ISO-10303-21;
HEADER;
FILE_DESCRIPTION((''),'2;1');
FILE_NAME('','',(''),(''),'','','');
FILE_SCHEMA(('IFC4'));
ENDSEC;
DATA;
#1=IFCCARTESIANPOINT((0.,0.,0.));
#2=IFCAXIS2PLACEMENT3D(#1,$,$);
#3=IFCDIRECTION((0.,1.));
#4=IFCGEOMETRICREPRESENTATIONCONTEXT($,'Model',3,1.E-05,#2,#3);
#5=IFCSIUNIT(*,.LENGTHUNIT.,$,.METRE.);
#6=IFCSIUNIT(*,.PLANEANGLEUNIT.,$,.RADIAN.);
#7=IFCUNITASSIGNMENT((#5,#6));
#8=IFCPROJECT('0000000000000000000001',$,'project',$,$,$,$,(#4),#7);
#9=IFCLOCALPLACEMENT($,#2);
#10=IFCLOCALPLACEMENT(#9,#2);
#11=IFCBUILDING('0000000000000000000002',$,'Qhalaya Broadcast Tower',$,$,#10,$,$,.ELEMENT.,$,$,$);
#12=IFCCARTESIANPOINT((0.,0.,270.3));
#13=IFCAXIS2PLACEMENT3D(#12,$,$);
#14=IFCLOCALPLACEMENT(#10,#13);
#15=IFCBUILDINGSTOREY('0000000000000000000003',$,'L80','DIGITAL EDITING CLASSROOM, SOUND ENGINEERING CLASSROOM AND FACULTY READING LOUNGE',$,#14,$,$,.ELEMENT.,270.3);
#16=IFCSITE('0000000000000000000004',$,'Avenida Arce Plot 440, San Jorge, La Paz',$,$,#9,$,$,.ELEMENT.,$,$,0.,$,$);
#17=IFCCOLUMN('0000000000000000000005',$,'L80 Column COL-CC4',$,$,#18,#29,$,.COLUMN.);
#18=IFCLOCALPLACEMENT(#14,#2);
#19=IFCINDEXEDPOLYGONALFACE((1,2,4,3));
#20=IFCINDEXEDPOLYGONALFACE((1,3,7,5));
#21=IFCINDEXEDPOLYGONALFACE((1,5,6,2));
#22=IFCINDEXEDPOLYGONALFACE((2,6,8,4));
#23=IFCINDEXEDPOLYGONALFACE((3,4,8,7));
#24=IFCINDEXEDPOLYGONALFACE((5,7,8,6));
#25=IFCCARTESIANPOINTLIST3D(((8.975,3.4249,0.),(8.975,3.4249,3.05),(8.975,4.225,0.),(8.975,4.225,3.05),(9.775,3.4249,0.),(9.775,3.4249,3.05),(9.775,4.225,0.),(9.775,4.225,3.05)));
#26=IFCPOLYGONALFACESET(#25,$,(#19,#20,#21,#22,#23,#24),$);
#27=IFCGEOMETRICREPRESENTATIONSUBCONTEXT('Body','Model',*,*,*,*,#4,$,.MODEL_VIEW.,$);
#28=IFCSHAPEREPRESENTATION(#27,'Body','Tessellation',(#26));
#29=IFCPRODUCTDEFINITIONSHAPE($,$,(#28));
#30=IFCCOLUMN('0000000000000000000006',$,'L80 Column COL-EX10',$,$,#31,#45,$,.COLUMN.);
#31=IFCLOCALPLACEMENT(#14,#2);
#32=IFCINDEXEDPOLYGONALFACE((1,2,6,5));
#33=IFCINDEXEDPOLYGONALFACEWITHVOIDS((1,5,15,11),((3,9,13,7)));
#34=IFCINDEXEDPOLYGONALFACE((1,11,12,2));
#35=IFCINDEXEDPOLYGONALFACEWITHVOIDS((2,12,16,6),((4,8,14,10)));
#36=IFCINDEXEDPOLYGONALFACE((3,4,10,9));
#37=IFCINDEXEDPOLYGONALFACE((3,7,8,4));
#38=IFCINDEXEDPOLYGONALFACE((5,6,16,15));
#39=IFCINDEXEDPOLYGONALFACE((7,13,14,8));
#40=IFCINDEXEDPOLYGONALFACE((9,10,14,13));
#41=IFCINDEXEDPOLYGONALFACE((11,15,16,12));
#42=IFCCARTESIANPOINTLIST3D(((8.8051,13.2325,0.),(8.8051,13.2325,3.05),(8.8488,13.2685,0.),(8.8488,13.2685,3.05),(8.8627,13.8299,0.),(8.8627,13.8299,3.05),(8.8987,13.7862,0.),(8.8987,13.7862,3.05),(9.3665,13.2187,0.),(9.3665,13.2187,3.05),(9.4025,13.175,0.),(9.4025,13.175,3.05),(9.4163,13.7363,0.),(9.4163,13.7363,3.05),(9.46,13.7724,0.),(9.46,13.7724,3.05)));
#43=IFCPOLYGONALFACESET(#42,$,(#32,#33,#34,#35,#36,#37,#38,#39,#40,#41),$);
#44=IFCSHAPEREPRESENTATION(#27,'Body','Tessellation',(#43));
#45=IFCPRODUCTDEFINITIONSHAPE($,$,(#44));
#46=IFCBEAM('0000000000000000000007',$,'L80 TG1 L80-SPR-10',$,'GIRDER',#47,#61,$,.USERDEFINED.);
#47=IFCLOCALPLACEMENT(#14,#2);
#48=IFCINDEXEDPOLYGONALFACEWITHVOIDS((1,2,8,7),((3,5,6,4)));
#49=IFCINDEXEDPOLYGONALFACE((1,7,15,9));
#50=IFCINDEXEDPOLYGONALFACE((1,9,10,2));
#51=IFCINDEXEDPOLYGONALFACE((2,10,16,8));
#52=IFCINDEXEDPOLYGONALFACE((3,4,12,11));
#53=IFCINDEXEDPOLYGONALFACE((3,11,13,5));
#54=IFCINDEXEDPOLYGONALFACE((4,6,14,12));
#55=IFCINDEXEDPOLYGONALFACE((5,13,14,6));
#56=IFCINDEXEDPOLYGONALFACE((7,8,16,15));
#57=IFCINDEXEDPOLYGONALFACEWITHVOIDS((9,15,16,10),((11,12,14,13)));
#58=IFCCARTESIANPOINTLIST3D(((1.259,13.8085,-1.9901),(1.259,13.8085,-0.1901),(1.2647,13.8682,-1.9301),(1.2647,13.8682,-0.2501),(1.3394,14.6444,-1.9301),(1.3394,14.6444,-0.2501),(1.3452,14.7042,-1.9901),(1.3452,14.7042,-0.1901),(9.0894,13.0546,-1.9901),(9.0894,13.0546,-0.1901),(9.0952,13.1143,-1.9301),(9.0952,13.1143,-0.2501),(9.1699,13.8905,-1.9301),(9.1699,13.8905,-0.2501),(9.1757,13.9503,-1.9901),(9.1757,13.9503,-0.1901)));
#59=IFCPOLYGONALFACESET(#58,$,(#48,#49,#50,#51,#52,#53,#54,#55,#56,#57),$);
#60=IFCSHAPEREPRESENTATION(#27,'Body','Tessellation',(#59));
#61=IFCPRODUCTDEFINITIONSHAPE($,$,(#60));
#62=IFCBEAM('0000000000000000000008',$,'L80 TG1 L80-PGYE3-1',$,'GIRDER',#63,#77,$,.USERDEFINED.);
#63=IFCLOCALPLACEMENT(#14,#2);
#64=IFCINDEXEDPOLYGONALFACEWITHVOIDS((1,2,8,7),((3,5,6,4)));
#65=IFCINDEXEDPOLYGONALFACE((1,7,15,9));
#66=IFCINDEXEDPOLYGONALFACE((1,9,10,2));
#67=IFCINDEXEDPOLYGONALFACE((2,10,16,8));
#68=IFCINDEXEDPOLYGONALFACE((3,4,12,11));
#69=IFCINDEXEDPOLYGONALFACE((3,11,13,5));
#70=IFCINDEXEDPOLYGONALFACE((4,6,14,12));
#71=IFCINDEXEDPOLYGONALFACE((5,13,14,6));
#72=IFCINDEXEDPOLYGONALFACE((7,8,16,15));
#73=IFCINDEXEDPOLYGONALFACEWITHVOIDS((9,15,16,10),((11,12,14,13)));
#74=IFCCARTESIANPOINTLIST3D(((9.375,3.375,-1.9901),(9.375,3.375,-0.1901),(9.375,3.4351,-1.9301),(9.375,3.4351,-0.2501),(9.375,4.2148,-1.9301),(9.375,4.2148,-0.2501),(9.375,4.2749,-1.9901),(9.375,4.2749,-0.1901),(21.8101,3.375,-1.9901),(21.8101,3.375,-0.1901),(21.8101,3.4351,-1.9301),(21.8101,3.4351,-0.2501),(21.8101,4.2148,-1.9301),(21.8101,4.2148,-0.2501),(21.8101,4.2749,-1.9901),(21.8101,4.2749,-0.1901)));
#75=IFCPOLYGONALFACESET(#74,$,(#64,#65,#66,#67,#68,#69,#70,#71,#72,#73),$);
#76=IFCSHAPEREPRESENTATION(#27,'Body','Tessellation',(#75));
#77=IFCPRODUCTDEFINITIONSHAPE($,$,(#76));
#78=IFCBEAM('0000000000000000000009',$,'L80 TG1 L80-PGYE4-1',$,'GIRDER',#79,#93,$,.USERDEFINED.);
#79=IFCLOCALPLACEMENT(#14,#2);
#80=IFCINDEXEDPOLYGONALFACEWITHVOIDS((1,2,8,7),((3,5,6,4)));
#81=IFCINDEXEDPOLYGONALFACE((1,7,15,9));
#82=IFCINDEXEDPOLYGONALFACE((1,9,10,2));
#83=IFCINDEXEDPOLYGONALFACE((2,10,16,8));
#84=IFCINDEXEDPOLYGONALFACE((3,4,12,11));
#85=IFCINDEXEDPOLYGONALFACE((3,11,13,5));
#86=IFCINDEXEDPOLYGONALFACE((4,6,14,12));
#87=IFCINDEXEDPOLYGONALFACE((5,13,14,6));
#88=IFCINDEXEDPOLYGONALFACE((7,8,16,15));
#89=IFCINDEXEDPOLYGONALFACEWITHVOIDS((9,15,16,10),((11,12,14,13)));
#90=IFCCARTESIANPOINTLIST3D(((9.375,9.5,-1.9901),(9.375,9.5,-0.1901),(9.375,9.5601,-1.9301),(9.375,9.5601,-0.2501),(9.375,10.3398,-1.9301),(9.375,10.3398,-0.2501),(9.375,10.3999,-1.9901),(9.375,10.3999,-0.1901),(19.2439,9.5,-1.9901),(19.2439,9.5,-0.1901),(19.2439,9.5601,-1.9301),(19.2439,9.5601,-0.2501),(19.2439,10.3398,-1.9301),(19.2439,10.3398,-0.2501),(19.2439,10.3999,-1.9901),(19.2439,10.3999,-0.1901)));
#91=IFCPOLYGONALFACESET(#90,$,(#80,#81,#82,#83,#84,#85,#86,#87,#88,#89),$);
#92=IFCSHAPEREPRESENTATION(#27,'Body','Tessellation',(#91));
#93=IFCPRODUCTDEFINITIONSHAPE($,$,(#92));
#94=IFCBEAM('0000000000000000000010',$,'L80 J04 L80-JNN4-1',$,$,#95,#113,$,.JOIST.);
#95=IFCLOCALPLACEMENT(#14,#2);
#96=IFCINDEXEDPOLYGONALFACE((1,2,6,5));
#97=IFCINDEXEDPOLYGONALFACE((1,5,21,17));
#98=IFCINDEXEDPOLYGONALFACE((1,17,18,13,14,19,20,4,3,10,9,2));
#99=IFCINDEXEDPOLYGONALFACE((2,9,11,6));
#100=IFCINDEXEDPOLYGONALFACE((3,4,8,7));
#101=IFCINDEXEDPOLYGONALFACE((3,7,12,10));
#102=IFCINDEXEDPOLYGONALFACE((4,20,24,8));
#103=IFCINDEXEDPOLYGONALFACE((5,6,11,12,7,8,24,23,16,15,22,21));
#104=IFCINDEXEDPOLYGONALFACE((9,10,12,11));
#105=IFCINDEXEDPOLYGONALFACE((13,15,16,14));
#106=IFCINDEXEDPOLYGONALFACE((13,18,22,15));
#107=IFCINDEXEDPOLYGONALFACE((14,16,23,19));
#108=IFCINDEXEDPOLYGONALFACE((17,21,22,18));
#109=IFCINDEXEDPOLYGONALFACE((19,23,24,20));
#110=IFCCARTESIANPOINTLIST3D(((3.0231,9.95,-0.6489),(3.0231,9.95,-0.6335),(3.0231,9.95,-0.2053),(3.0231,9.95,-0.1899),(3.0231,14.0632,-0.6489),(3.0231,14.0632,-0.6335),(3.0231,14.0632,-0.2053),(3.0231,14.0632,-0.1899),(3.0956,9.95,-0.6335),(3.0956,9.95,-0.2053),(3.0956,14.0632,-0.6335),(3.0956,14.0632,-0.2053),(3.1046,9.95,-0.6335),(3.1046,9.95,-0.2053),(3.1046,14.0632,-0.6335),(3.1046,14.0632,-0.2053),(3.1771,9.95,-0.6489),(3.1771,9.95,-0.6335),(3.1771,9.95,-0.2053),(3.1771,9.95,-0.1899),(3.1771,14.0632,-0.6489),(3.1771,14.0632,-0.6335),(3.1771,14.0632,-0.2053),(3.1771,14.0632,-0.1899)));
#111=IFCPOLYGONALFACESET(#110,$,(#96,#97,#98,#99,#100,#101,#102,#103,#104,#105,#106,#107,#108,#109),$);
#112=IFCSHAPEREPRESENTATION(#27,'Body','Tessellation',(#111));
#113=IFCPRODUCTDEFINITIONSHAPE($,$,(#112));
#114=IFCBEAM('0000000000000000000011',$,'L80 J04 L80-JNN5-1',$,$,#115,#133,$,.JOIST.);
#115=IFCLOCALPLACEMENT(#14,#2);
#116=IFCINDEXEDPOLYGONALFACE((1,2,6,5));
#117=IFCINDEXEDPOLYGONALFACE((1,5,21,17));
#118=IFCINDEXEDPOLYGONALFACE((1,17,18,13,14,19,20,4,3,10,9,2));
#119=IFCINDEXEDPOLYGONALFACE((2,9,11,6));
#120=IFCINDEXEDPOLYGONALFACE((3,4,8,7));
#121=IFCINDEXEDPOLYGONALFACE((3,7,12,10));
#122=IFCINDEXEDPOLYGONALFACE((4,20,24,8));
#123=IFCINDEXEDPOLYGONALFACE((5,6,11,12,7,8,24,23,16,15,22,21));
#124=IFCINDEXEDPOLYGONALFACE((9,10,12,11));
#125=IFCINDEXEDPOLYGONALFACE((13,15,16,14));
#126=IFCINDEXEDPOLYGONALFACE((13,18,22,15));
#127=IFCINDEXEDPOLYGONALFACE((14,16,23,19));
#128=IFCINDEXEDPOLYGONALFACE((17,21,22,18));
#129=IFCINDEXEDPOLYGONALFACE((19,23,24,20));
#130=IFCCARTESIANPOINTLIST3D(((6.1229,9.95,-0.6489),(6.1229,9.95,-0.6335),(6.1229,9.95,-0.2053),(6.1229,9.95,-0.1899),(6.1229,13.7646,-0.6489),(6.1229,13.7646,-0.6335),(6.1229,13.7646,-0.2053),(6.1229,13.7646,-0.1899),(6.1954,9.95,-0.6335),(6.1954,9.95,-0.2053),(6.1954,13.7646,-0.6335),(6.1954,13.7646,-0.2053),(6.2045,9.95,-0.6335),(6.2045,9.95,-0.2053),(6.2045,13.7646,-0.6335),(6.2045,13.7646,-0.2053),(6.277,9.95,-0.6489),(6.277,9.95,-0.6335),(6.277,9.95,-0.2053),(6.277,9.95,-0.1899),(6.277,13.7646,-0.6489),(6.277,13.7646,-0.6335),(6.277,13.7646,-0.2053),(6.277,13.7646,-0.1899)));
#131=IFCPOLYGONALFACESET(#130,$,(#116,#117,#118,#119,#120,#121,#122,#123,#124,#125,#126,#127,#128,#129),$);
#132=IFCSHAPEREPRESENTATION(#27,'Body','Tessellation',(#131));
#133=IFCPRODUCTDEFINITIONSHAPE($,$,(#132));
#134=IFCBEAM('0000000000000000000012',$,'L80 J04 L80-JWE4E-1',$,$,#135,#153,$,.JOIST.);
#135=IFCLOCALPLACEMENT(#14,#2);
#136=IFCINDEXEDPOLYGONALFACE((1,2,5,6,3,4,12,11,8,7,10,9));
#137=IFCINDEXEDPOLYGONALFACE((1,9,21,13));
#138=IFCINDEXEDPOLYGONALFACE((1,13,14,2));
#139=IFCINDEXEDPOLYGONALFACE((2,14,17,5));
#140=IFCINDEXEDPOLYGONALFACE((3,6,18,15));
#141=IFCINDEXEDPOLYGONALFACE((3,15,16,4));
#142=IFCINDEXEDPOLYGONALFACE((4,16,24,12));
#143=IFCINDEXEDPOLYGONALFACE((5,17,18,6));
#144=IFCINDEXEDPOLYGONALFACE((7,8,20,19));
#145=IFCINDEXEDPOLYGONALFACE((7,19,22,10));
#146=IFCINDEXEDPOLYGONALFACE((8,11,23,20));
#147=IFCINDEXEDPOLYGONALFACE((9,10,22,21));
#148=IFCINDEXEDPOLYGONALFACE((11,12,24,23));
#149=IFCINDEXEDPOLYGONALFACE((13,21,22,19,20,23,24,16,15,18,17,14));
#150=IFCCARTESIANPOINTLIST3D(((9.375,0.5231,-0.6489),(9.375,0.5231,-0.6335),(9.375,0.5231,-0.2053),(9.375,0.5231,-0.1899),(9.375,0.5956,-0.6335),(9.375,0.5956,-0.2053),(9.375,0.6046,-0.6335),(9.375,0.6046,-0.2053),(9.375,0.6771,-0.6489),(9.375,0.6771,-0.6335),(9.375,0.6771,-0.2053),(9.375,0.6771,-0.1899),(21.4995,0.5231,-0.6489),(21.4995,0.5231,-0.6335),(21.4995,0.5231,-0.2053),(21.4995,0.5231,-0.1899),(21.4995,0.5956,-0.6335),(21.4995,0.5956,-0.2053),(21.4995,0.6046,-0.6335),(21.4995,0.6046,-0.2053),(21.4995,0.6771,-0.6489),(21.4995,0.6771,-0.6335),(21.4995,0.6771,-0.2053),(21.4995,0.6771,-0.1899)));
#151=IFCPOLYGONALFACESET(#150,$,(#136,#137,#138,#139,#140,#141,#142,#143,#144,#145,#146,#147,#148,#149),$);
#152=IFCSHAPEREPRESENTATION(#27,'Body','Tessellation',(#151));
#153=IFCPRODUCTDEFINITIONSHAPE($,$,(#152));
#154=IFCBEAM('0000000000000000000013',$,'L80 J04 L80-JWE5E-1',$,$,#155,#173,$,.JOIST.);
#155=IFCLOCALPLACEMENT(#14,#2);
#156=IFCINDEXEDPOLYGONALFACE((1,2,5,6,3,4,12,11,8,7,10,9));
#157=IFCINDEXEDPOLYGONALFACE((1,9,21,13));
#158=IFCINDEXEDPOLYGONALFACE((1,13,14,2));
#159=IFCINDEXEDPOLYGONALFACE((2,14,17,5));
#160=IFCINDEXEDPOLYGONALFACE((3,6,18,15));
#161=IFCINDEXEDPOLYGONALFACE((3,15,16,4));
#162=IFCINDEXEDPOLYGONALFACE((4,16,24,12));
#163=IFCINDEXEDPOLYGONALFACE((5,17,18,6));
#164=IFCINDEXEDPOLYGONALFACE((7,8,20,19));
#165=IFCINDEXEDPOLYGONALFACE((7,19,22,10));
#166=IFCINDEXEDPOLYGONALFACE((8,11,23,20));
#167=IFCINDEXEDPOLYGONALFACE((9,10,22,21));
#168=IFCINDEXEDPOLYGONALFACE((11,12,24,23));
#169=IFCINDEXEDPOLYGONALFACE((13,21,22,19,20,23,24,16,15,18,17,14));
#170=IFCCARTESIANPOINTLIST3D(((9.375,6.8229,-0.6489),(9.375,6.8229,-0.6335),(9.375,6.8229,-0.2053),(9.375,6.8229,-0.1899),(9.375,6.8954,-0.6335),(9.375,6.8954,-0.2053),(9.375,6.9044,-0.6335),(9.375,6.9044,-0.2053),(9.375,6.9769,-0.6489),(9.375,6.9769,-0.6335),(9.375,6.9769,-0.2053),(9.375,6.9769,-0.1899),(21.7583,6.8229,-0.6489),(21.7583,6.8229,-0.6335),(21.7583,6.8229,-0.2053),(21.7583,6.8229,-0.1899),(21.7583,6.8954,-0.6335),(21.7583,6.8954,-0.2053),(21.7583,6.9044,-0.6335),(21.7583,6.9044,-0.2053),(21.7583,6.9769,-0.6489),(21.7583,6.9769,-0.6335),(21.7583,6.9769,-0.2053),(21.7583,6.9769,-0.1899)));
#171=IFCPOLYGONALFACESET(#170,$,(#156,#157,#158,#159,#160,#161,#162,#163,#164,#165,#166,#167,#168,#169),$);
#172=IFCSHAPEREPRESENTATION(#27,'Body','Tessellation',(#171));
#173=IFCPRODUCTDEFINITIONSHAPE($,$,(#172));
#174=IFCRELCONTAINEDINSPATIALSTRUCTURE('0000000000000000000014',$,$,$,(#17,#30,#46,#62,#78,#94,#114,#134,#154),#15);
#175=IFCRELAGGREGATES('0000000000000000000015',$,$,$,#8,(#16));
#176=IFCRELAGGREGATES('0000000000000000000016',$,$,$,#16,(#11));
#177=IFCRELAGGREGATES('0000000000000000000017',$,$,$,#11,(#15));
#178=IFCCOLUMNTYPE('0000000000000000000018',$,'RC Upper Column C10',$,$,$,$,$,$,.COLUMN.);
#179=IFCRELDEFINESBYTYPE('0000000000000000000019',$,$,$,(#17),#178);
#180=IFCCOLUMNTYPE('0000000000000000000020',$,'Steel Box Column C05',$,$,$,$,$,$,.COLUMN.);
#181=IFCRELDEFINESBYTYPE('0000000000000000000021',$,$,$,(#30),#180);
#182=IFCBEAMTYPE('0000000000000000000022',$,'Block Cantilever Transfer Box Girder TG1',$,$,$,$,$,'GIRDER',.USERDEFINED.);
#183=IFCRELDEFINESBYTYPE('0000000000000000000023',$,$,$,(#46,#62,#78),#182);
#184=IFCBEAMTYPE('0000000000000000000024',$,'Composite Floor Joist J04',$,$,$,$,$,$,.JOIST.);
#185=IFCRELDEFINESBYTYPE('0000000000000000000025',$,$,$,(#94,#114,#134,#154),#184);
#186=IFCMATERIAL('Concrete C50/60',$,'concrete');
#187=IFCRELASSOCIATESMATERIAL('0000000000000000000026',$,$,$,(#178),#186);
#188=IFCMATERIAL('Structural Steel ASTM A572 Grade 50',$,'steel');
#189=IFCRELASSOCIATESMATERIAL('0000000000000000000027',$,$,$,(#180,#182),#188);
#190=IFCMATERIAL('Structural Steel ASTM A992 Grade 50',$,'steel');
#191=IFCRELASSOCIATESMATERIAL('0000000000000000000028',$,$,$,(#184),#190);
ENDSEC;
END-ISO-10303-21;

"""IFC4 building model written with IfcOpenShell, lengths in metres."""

from ifc_helpers import new_model, si_unit, direction, frame, origin, origin_2d, place, context, subcontext, project, spatial, rectangle, hollow_rectangle, i_section, extrude, material, material_profile, profile_set, type_object, element, save


model = new_model("IFC4")

# Units and contexts
model_context = context("Model", 3, precision=1e-05, world=origin(), true_north=direction((0.0, 1.0)))
body_context = subcontext(model_context, "Body", "Model", "MODEL_VIEW")
ifc_project = project(units=[si_unit("LENGTHUNIT", "METRE"), si_unit("PLANEANGLEUNIT", "RADIAN")], contexts=[model_context])

# Site, building, storey
site_placement = place(None, origin())
site = spatial("IfcSite", under=ifc_project, at=site_placement, Name="Avenida Arce Plot 440, San Jorge, La Paz", CompositionType="ELEMENT", RefElevation=0.0)
building_placement = place(site_placement, origin())
building = spatial("IfcBuilding", under=site, at=building_placement, Name="Qhalaya Broadcast Tower", CompositionType="ELEMENT")
storey_placement = place(building_placement, frame((0.0, 0.0, 270.3)))
storey = spatial("IfcBuildingStorey", under=building, at=storey_placement, Name="L80", Description="DIGITAL EDITING CLASSROOM, SOUND ENGINEERING CLASSROOM AND FACULTY READING LOUNGE", CompositionType="ELEMENT", Elevation=270.3)

# Columns
ifc_material_1 = material(Name="Concrete C50/60", Category="concrete")
ifc_material_profile_1 = material_profile(ifc_material_1, rectangle(XDim=0.8, YDim=0.8, at=origin_2d()), Name="RC-COL 800x800")
ifc_profile_set_1 = profile_set([ifc_material_profile_1], Name="Concrete C50/60")
column_type_1 = type_object("IfcColumnType", Name="RC Upper Column C10", PredefinedType="COLUMN", material=ifc_profile_set_1)
column_1_placement = place(storey_placement, frame((9.375, 3.825, 0.0), z_axis=(0.0, 0.0, 1.0), x_axis=(1.0, 0.0, 0.0)))
element("IfcColumn", 1, at=column_1_placement, inside=storey, type_object=column_type_1, Name="L80 Column COL-CC4", PredefinedType="COLUMN", context=body_context, shape_type="SweptSolid", body=[
    extrude(rectangle(XDim=0.8, YDim=0.8, at=origin_2d()), origin(), (0.0, 0.0, 1.0), 3.05),
])
ifc_material_2 = material(Name="Structural Steel ASTM A572 Grade 50", Category="steel")
ifc_material_profile_2 = material_profile(ifc_material_2, hollow_rectangle(XDim=0.6001, YDim=0.6001, WallThickness=0.04, at=origin_2d()), Name="BOX 600x600x40")
ifc_profile_set_2 = profile_set([ifc_material_profile_2], Name="Structural Steel ASTM A572 Grade 50")
column_type_2 = type_object("IfcColumnType", Name="Steel Box Column C05", PredefinedType="COLUMN", material=ifc_profile_set_2)
column_2_placement = place(storey_placement, frame((9.1326, 13.5024, 0.0), z_axis=(0.0, 0.0, 1.0), x_axis=(0.995396, -0.095846, 0.0)))
element("IfcColumn", 2, at=column_2_placement, inside=storey, type_object=column_type_2, Name="L80 Column COL-EX10", PredefinedType="COLUMN", context=body_context, shape_type="SweptSolid", body=[
    extrude(hollow_rectangle(XDim=0.6001, YDim=0.6001, WallThickness=0.04, at=origin_2d()), origin(), (0.0, 0.0, 1.0), 3.05),
])

# Beams
ifc_material_profile_3 = material_profile(ifc_material_2, hollow_rectangle(XDim=0.8999, YDim=1.8, WallThickness=0.0601, at=origin_2d()), Name="BOX 900x1800x60")
ifc_profile_set_3 = profile_set([ifc_material_profile_3], Name="Structural Steel ASTM A572 Grade 50")
beam_type_1 = type_object("IfcBeamType", Name="Block Cantilever Transfer Box Girder TG1", ElementType="GIRDER", PredefinedType="USERDEFINED", material=ifc_profile_set_3)
beam_1_placement = place(storey_placement, frame((9.1326, 13.5024, -1.0901), z_axis=(-0.995397, 0.095834, 0.0), x_axis=(-0.095834, -0.995397, 0.0)))
element("IfcBeam", 3, at=beam_1_placement, inside=storey, type_object=beam_type_1, Name="L80 TG1 L80-SPR-10", ObjectType="GIRDER", PredefinedType="USERDEFINED", context=body_context, shape_type="SweptSolid", body=[
    extrude(hollow_rectangle(XDim=0.8999, YDim=1.8, WallThickness=0.0601, at=origin_2d()), origin(), (0.0, 0.0, 1.0), 7.8667),
])
beam_2_placement = place(storey_placement, frame((9.375, 3.825, -1.0901), z_axis=(1.0, 0.0, 0.0), x_axis=(0.0, 1.0, 0.0)))
element("IfcBeam", 4, at=beam_2_placement, inside=storey, type_object=beam_type_1, Name="L80 TG1 L80-PGYE3-1", ObjectType="GIRDER", PredefinedType="USERDEFINED", context=body_context, shape_type="SweptSolid", body=[
    extrude(hollow_rectangle(XDim=0.8999, YDim=1.8, WallThickness=0.0601, at=origin_2d()), origin(), (0.0, 0.0, 1.0), 12.4351),
])
beam_3_placement = place(storey_placement, frame((9.375, 9.95, -1.0901), z_axis=(1.0, 0.0, 0.0), x_axis=(0.0, 1.0, 0.0)))
element("IfcBeam", 5, at=beam_3_placement, inside=storey, type_object=beam_type_1, Name="L80 TG1 L80-PGYE4-1", ObjectType="GIRDER", PredefinedType="USERDEFINED", context=body_context, shape_type="SweptSolid", body=[
    extrude(hollow_rectangle(XDim=0.8999, YDim=1.8, WallThickness=0.0601, at=origin_2d()), origin(), (0.0, 0.0, 1.0), 9.8689),
])
ifc_material_3 = material(Name="Structural Steel ASTM A992 Grade 50", Category="steel")
ifc_material_profile_4 = material_profile(ifc_material_3, i_section(OverallWidth=0.1541, OverallDepth=0.459, WebThickness=0.009, FlangeThickness=0.0154, at=origin_2d()), Name="W18X46")
ifc_profile_set_4 = profile_set([ifc_material_profile_4], Name="Structural Steel ASTM A992 Grade 50")
beam_type_2 = type_object("IfcBeamType", Name="Composite Floor Joist J04", PredefinedType="JOIST", material=ifc_profile_set_4)
beam_4_placement = place(storey_placement, frame((3.1001, 9.95, -0.4194), z_axis=(0.0, 1.0, 0.0), x_axis=(-1.0, 0.0, 0.0)))
element("IfcBeam", 6, at=beam_4_placement, inside=storey, type_object=beam_type_2, Name="L80 J04 L80-JNN4-1", PredefinedType="JOIST", context=body_context, shape_type="SweptSolid", body=[
    extrude(i_section(OverallWidth=0.1541, OverallDepth=0.459, WebThickness=0.009, FlangeThickness=0.0154, at=origin_2d()), origin(), (0.0, 0.0, 1.0), 4.1133),
])
beam_5_placement = place(storey_placement, frame((6.2, 9.95, -0.4194), z_axis=(0.0, 1.0, 0.0), x_axis=(-1.0, 0.0, 0.0)))
element("IfcBeam", 7, at=beam_5_placement, inside=storey, type_object=beam_type_2, Name="L80 J04 L80-JNN5-1", PredefinedType="JOIST", context=body_context, shape_type="SweptSolid", body=[
    extrude(i_section(OverallWidth=0.1541, OverallDepth=0.459, WebThickness=0.009, FlangeThickness=0.0154, at=origin_2d()), origin(), (0.0, 0.0, 1.0), 3.8147),
])
beam_6_placement = place(storey_placement, frame((9.375, 0.6001, -0.4194), z_axis=(1.0, 0.0, 0.0), x_axis=(0.0, 1.0, 0.0)))
element("IfcBeam", 8, at=beam_6_placement, inside=storey, type_object=beam_type_2, Name="L80 J04 L80-JWE4E-1", PredefinedType="JOIST", context=body_context, shape_type="SweptSolid", body=[
    extrude(i_section(OverallWidth=0.1541, OverallDepth=0.459, WebThickness=0.009, FlangeThickness=0.0154, at=origin_2d()), origin(), (0.0, 0.0, 1.0), 12.1245),
])
beam_7_placement = place(storey_placement, frame((9.375, 6.8999, -0.4194), z_axis=(1.0, 0.0, 0.0), x_axis=(0.0, 1.0, 0.0)))
element("IfcBeam", 9, at=beam_7_placement, inside=storey, type_object=beam_type_2, Name="L80 J04 L80-JWE5E-1", PredefinedType="JOIST", context=body_context, shape_type="SweptSolid", body=[
    extrude(i_section(OverallWidth=0.1541, OverallDepth=0.459, WebThickness=0.009, FlangeThickness=0.0154, at=origin_2d()), origin(), (0.0, 0.0, 1.0), 12.3833),
])

save(model, "model.ifc")
